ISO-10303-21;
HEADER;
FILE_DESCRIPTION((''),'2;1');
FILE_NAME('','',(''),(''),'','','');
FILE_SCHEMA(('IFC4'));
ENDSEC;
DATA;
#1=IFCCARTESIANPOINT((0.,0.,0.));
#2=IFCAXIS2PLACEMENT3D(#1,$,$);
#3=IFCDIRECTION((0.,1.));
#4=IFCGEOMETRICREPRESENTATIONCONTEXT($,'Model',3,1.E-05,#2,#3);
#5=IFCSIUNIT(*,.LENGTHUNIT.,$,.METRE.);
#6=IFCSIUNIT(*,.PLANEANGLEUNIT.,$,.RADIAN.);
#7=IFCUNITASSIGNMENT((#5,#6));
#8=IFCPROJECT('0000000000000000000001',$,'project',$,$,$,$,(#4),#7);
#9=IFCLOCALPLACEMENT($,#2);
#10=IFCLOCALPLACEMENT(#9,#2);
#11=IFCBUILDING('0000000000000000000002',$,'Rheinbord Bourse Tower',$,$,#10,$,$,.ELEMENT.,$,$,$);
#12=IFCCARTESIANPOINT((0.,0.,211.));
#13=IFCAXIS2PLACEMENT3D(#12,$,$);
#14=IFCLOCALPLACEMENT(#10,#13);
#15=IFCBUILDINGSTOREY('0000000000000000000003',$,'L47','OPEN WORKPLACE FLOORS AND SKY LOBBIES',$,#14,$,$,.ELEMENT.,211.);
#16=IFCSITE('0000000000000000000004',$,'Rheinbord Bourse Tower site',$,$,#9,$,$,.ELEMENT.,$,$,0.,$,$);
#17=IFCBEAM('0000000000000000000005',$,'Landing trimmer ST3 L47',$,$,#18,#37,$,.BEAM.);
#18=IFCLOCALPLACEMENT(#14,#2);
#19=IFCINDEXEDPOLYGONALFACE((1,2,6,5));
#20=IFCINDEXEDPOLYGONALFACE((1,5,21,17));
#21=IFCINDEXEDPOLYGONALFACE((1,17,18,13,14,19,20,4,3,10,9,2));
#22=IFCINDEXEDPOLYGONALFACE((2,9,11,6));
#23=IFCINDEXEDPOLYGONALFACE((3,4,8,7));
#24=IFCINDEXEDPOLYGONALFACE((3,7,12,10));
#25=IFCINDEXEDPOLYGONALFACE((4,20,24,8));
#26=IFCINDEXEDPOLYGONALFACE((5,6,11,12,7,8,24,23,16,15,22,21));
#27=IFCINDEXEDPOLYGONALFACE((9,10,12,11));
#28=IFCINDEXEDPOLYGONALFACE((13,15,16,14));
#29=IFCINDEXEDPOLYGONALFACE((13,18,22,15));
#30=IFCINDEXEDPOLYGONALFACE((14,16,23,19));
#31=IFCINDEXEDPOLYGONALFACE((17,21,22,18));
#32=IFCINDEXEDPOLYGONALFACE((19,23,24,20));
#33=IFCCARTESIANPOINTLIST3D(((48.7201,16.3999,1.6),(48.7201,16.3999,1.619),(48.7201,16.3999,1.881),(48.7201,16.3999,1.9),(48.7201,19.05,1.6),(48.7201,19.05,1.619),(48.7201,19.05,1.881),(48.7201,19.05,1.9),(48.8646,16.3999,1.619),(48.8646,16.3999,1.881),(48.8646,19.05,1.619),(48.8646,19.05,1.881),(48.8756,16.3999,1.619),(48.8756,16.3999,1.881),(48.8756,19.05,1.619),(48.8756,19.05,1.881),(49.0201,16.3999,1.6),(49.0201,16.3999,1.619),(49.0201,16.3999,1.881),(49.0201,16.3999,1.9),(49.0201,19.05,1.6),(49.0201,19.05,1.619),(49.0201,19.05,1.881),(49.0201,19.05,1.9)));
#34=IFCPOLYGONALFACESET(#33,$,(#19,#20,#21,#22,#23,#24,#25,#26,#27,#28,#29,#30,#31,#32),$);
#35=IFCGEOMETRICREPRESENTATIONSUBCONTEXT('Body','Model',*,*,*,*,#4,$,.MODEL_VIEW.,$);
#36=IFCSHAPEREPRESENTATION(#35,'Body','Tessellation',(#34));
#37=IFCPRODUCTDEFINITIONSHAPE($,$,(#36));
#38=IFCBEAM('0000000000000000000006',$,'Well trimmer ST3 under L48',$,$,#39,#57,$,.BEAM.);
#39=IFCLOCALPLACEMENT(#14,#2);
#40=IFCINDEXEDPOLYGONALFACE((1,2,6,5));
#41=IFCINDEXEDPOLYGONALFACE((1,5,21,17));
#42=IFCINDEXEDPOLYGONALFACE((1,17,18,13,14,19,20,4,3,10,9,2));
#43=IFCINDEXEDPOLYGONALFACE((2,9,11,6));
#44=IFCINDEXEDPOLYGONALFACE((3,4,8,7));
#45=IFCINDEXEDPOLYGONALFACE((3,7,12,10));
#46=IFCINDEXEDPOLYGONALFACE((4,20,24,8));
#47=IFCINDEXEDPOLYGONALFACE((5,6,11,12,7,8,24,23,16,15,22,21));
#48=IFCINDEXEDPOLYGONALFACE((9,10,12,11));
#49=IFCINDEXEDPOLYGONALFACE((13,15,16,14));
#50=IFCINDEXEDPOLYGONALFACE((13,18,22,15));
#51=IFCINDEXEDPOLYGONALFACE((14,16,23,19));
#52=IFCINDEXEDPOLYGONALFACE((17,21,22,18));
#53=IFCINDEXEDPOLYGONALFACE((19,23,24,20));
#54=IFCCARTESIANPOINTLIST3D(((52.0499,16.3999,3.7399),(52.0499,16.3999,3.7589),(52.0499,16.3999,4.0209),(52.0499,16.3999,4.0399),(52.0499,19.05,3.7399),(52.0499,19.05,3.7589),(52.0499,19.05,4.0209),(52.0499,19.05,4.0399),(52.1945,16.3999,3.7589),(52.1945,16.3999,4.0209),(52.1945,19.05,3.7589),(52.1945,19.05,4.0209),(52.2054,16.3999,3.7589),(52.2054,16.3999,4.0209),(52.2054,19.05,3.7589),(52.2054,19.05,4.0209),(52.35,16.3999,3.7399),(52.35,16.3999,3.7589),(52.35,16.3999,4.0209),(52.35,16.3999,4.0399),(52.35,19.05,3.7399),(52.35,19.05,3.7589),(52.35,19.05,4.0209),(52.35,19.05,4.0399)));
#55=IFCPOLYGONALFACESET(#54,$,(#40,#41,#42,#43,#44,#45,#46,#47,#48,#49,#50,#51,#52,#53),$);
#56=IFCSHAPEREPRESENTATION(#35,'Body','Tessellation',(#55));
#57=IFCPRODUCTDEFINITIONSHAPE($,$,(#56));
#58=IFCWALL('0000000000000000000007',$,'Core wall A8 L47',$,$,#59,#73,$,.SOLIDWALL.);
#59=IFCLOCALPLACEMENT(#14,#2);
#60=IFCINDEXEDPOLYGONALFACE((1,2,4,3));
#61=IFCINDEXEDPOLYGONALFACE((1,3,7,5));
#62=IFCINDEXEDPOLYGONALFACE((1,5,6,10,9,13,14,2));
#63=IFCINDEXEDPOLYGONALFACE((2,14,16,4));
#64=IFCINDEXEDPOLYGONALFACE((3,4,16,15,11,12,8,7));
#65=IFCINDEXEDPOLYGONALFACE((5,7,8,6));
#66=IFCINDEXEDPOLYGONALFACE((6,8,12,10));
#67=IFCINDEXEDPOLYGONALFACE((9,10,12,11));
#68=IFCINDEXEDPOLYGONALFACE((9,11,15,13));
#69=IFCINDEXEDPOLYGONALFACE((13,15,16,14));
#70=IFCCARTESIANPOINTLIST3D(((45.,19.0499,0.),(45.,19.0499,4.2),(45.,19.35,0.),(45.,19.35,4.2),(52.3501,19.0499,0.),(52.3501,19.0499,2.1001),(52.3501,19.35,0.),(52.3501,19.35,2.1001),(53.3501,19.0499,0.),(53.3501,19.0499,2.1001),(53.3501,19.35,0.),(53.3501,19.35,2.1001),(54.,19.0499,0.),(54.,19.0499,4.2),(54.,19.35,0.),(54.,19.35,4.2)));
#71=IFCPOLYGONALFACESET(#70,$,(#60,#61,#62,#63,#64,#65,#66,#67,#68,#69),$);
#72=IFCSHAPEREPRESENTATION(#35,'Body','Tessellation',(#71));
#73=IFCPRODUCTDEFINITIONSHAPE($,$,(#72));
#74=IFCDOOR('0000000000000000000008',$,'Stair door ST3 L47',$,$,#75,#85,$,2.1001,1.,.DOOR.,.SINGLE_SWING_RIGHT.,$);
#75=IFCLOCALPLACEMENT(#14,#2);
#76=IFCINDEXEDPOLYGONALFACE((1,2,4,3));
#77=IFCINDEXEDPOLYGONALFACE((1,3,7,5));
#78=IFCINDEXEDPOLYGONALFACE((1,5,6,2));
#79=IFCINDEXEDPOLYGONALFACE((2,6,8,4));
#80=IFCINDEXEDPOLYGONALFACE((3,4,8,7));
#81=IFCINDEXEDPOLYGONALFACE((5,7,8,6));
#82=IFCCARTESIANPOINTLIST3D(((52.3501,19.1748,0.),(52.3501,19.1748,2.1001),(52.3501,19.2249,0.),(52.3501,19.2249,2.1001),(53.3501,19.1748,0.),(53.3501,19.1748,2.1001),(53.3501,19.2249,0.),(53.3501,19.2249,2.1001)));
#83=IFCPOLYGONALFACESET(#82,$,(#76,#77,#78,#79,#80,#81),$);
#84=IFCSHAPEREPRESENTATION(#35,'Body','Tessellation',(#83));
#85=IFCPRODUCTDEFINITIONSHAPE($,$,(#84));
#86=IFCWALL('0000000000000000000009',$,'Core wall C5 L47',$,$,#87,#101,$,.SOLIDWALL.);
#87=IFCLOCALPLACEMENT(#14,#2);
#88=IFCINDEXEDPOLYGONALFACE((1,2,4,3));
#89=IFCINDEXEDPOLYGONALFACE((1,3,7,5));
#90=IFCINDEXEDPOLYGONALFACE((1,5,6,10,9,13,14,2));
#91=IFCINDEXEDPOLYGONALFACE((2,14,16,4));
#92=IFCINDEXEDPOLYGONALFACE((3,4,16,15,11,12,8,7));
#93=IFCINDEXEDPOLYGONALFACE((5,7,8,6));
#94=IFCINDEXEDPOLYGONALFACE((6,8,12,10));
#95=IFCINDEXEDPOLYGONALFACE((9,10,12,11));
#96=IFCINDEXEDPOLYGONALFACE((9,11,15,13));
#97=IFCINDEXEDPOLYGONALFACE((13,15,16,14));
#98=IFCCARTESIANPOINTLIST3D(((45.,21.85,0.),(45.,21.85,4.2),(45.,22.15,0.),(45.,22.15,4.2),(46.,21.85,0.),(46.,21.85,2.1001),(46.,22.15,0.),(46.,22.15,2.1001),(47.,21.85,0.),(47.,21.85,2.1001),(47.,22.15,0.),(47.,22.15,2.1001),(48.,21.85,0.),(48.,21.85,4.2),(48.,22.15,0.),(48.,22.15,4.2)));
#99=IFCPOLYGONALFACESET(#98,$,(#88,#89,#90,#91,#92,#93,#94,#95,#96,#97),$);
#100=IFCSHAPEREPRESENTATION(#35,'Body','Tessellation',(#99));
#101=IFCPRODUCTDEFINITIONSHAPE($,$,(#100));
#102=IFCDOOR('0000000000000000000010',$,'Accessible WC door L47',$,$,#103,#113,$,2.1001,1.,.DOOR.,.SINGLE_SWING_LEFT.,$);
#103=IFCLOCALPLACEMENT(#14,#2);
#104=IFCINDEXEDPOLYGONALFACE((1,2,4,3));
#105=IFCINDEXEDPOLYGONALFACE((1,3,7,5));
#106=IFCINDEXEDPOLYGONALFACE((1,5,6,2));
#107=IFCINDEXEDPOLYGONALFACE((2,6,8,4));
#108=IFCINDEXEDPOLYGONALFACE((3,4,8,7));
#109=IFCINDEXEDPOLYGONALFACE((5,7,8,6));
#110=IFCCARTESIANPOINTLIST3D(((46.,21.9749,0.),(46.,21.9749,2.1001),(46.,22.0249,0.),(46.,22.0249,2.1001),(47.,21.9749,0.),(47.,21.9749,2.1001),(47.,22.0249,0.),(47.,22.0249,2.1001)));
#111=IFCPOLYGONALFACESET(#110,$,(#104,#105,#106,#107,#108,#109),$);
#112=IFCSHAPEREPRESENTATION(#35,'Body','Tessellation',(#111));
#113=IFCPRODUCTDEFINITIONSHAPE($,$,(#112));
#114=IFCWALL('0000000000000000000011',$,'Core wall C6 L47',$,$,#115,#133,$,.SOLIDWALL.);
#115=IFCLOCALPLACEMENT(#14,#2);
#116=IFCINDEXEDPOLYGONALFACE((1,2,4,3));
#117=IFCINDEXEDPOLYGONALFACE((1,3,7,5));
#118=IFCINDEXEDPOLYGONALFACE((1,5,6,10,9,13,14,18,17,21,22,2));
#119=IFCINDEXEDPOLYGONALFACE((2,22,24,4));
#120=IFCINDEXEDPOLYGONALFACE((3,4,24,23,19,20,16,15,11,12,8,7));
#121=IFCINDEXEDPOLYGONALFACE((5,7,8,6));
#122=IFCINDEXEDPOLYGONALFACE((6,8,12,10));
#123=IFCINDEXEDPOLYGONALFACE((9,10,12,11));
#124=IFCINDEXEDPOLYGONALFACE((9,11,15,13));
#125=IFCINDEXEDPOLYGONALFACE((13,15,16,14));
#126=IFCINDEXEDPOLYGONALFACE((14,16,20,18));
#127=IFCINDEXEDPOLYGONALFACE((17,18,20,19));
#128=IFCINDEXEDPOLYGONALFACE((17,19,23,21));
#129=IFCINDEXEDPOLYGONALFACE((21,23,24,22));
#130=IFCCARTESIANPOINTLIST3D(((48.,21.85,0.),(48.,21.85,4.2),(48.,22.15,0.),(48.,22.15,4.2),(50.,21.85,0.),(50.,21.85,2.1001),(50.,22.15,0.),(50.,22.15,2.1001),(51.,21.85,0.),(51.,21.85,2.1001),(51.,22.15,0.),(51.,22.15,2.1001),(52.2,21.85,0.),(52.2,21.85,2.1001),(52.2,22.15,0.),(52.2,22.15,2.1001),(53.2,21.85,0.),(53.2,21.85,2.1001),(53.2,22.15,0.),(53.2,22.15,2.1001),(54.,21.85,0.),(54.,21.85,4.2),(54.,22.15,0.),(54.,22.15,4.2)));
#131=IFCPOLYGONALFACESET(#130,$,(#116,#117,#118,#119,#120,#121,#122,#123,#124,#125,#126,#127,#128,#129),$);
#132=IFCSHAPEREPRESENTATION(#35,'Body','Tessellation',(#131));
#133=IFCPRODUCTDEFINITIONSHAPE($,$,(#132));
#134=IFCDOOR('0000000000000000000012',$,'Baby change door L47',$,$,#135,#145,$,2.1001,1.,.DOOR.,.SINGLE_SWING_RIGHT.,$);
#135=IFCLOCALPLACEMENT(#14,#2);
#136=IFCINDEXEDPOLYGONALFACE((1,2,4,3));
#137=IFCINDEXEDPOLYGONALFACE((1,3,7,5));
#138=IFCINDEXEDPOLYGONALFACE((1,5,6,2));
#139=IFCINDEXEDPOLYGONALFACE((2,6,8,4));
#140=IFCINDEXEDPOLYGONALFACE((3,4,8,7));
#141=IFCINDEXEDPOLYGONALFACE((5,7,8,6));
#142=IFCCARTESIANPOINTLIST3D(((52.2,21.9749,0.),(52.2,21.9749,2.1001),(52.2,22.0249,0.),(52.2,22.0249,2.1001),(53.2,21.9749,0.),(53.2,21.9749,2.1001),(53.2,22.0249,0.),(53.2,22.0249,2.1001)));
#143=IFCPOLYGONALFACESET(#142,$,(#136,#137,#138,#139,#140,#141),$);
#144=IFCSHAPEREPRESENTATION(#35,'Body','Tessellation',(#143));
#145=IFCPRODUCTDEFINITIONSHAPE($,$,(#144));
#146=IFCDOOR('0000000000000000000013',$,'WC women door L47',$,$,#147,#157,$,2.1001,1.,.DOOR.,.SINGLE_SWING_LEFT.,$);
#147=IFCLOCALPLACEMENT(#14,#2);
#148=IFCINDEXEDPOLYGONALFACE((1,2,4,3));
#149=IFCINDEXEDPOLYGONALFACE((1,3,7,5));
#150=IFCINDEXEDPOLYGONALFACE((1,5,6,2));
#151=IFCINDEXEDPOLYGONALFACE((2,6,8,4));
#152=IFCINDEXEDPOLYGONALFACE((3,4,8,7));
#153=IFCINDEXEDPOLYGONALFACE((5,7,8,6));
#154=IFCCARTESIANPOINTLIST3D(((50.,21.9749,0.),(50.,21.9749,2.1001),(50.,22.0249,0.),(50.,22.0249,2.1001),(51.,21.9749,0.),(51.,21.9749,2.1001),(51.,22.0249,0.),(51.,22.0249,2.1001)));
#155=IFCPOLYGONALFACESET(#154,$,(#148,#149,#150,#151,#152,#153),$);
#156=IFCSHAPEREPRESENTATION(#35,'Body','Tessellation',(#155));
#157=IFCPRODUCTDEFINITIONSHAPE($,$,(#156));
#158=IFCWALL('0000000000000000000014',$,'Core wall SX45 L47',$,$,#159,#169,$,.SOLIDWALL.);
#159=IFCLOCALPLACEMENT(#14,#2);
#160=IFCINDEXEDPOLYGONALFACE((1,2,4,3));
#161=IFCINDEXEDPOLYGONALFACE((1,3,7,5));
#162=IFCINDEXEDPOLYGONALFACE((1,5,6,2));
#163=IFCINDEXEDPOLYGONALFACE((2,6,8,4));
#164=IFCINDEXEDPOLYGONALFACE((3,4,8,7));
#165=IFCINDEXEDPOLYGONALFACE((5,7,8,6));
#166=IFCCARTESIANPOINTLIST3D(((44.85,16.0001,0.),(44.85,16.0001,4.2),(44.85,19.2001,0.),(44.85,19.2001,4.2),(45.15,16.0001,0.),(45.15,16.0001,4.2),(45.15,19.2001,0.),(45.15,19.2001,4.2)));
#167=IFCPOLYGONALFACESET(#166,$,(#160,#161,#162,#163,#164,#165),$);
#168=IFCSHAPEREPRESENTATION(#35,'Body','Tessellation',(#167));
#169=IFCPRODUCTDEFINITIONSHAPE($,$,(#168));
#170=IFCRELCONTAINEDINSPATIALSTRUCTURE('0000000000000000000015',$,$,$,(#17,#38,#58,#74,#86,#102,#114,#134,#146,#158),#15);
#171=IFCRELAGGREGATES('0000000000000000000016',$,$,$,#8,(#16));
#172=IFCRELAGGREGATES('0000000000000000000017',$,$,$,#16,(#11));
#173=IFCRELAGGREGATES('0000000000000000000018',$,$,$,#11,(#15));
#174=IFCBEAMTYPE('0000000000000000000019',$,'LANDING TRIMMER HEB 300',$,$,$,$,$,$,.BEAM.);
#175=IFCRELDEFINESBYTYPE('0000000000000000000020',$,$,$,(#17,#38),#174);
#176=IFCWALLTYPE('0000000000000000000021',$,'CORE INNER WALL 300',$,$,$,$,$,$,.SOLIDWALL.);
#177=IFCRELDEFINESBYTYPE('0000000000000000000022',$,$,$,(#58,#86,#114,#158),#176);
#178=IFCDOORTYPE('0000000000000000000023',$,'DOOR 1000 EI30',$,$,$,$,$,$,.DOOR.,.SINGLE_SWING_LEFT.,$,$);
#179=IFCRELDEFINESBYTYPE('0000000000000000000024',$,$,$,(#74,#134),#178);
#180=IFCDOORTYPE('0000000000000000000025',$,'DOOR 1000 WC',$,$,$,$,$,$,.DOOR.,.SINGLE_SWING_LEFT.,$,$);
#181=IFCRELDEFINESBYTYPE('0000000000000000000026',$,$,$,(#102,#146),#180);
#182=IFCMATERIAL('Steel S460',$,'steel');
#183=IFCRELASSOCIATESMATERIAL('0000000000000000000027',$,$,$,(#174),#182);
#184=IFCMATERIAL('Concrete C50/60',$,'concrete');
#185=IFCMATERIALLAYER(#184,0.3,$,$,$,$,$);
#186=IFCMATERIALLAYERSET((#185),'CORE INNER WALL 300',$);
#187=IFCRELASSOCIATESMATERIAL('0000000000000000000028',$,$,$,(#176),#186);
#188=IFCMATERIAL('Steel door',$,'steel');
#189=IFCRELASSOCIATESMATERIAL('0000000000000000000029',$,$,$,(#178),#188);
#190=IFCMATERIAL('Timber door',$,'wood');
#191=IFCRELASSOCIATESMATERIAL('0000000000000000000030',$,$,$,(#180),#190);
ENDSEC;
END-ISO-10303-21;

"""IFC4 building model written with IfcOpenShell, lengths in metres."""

from ifc_helpers import new_model, si_unit, direction, frame, frame_2d, origin, origin_2d, place, context, subcontext, project, spatial, rectangle, i_section, extrude, material, layer, layer_set, material_profile, profile_set, type_object, element, fill, save


model = new_model("IFC4")

# Units and contexts
model_context = context("Model", 3, precision=1e-05, world=origin(), true_north=direction((0.0, 1.0)))
body_context = subcontext(model_context, "Body", "Model", "MODEL_VIEW")
ifc_project = project(units=[si_unit("LENGTHUNIT", "METRE"), si_unit("PLANEANGLEUNIT", "RADIAN")], contexts=[model_context])

# Site, building, storey
site_placement = place(None, origin())
site = spatial("IfcSite", under=ifc_project, at=site_placement, Name="Rheinbord Bourse Tower site", CompositionType="ELEMENT", RefElevation=0.0)
building_placement = place(site_placement, origin())
building = spatial("IfcBuilding", under=site, at=building_placement, Name="Rheinbord Bourse Tower", CompositionType="ELEMENT")
storey_placement = place(building_placement, frame((0.0, 0.0, 211.0)))
storey = spatial("IfcBuildingStorey", under=building, at=storey_placement, Name="L47", Description="OPEN WORKPLACE FLOORS AND SKY LOBBIES", CompositionType="ELEMENT", Elevation=211.0)

# Beams
ifc_material_1 = material(Name="Steel S460", Category="steel")
ifc_material_profile = material_profile(ifc_material_1, i_section(OverallWidth=0.3, OverallDepth=0.3, WebThickness=0.011, FlangeThickness=0.019, at=origin_2d()), Name="HEB 300")
ifc_profile_set = profile_set([ifc_material_profile], Name="Steel S460")
beam_type = type_object("IfcBeamType", Name="LANDING TRIMMER HEB 300", PredefinedType="BEAM", material=ifc_profile_set)
for number, where, z_axis, x_axis, name in (
    (1, (48.8701, 16.3999, 1.75), (0.0, 1.0, 0.0), (-1.0, 0.0, 0.0), "Landing trimmer ST3 L47"),
    (2, (52.2, 16.3999, 3.8899), (0.0, 1.0, 0.0), (-1.0, 0.0, 0.0), "Well trimmer ST3 under L48"),
):
    element("IfcBeam", number, at=place(storey_placement, frame(where, z_axis=z_axis, x_axis=x_axis)), inside=storey, type_object=beam_type, Name=name, PredefinedType="BEAM", context=body_context, shape_type="SweptSolid", body=[
        extrude(i_section(OverallWidth=0.3, OverallDepth=0.3, WebThickness=0.011, FlangeThickness=0.019, at=origin_2d()), origin(), (0.0, 0.0, 1.0), 2.6501),
    ])

# Walls, openings, doors
ifc_material_2 = material(Name="Concrete C50/60", Category="concrete")
ifc_layer_1 = layer(ifc_material_2, 0.3)
ifc_layer_set_1 = layer_set([ifc_layer_1], Name="CORE INNER WALL 300")
wall_type_1 = type_object("IfcWallType", Name="CORE INNER WALL 300", PredefinedType="SOLIDWALL", material=ifc_layer_set_1)
wall_1_placement = place(storey_placement, frame((45.0, 19.2, 0.0), z_axis=(0.0, 0.0, 1.0), x_axis=(1.0, 0.0, 0.0)))
wall_1 = element("IfcWall", 3, at=wall_1_placement, inside=storey, type_object=wall_type_1, Name="Core wall A8 L47", PredefinedType="SOLIDWALL", context=body_context, shape_type="SweptSolid", body=[
    extrude(rectangle(XDim=9.0, YDim=0.3, at=frame_2d((4.5, 0.0))), origin(), (0.0, 0.0, 1.0), 4.2),
])
opening_1_placement = place(wall_1_placement, frame((7.3501, 0.0, 0.0)))
opening_1 = element("IfcOpeningElement", 4, at=opening_1_placement, cuts=wall_1, PredefinedType="OPENING", context=body_context, shape_type="SweptSolid", body=[
    extrude(rectangle(XDim=1.0, YDim=2.1001, at=frame_2d((0.5, 1.05))), frame((0.0, 0.1599, 0.0), z_axis=(0.0, -1.0, 0.0), x_axis=(1.0, 0.0, 0.0)), (0.0, 0.0, 1.0), 0.3201),
])
ifc_material_3 = material(Name="Steel door", Category="steel")
door_type_1 = type_object("IfcDoorType", Name="DOOR 1000 EI30", OperationType="SINGLE_SWING_LEFT", PredefinedType="DOOR", material=ifc_material_3)
door_1_placement = place(opening_1_placement, origin())
door_1 = element("IfcDoor", 5, at=door_1_placement, inside=storey, type_object=door_type_1, Name="Stair door ST3 L47", OperationType="SINGLE_SWING_RIGHT", OverallHeight=2.1001, OverallWidth=1.0, PredefinedType="DOOR", context=body_context, shape_type="SweptSolid", body=[
    extrude(rectangle(XDim=1.0, YDim=2.1001, at=frame_2d((0.5, 1.05))), frame((0.0, 0.0249, 0.0), z_axis=(0.0, -1.0, 0.0), x_axis=(1.0, 0.0, 0.0)), (0.0, 0.0, 1.0), 0.05),
])
fill(opening_1, door_1)
wall_2_placement = place(storey_placement, frame((45.0, 22.0, 0.0), z_axis=(0.0, 0.0, 1.0), x_axis=(1.0, 0.0, 0.0)))
wall_2 = element("IfcWall", 6, at=wall_2_placement, inside=storey, type_object=wall_type_1, Name="Core wall C5 L47", PredefinedType="SOLIDWALL", context=body_context, shape_type="SweptSolid", body=[
    extrude(rectangle(XDim=3.0, YDim=0.3, at=frame_2d((1.5, 0.0))), origin(), (0.0, 0.0, 1.0), 4.2),
])
opening_2_placement = place(wall_2_placement, frame((1.0, 0.0, 0.0)))
opening_2 = element("IfcOpeningElement", 7, at=opening_2_placement, cuts=wall_2, PredefinedType="OPENING", context=body_context, shape_type="SweptSolid", body=[
    extrude(rectangle(XDim=1.0, YDim=2.1001, at=frame_2d((0.5, 1.05))), frame((0.0, 0.1599, 0.0), z_axis=(0.0, -1.0, 0.0), x_axis=(1.0, 0.0, 0.0)), (0.0, 0.0, 1.0), 0.3201),
])
ifc_material_4 = material(Name="Timber door", Category="wood")
door_type_2 = type_object("IfcDoorType", Name="DOOR 1000 WC", OperationType="SINGLE_SWING_LEFT", PredefinedType="DOOR", material=ifc_material_4)
door_2_placement = place(opening_2_placement, origin())
door_2 = element("IfcDoor", 8, at=door_2_placement, inside=storey, type_object=door_type_2, Name="Accessible WC door L47", OperationType="SINGLE_SWING_LEFT", OverallHeight=2.1001, OverallWidth=1.0, PredefinedType="DOOR", context=body_context, shape_type="SweptSolid", body=[
    extrude(rectangle(XDim=1.0, YDim=2.1001, at=frame_2d((0.5, 1.05))), frame((0.0, 0.0249, 0.0), z_axis=(0.0, -1.0, 0.0), x_axis=(1.0, 0.0, 0.0)), (0.0, 0.0, 1.0), 0.05),
])
fill(opening_2, door_2)

# Wall, openings, doors
wall_3_placement = place(storey_placement, frame((48.0, 22.0, 0.0), z_axis=(0.0, 0.0, 1.0), x_axis=(1.0, 0.0, 0.0)))
wall_3 = element("IfcWall", 9, at=wall_3_placement, inside=storey, type_object=wall_type_1, Name="Core wall C6 L47", PredefinedType="SOLIDWALL", context=body_context, shape_type="SweptSolid", body=[
    extrude(rectangle(XDim=6.0, YDim=0.3, at=frame_2d((3.0, 0.0))), origin(), (0.0, 0.0, 1.0), 4.2),
])
opening_3_placement = place(wall_3_placement, frame((2.0, 0.0, 0.0)))
opening_3 = element("IfcOpeningElement", 10, at=opening_3_placement, cuts=wall_3, PredefinedType="OPENING", context=body_context, shape_type="SweptSolid", body=[
    extrude(rectangle(XDim=1.0, YDim=2.1001, at=frame_2d((0.5, 1.05))), frame((0.0, 0.1599, 0.0), z_axis=(0.0, -1.0, 0.0), x_axis=(1.0, 0.0, 0.0)), (0.0, 0.0, 1.0), 0.3201),
])
opening_4_placement = place(wall_3_placement, frame((4.2, 0.0, 0.0)))
opening_4 = element("IfcOpeningElement", 11, at=opening_4_placement, cuts=wall_3, PredefinedType="OPENING", context=body_context, shape_type="SweptSolid", body=[
    extrude(rectangle(XDim=1.0, YDim=2.1001, at=frame_2d((0.5, 1.05))), frame((0.0, 0.1599, 0.0), z_axis=(0.0, -1.0, 0.0), x_axis=(1.0, 0.0, 0.0)), (0.0, 0.0, 1.0), 0.3201),
])
door_3_placement = place(opening_4_placement, origin())
door_3 = element("IfcDoor", 12, at=door_3_placement, inside=storey, type_object=door_type_1, Name="Baby change door L47", OperationType="SINGLE_SWING_RIGHT", OverallHeight=2.1001, OverallWidth=1.0, PredefinedType="DOOR", context=body_context, shape_type="SweptSolid", body=[
    extrude(rectangle(XDim=1.0, YDim=2.1001, at=frame_2d((0.5, 1.05))), frame((0.0, 0.0249, 0.0), z_axis=(0.0, -1.0, 0.0), x_axis=(1.0, 0.0, 0.0)), (0.0, 0.0, 1.0), 0.05),
])
fill(opening_4, door_3)
door_4_placement = place(opening_3_placement, origin())
door_4 = element("IfcDoor", 13, at=door_4_placement, inside=storey, type_object=door_type_2, Name="WC women door L47", OperationType="SINGLE_SWING_LEFT", OverallHeight=2.1001, OverallWidth=1.0, PredefinedType="DOOR", context=body_context, shape_type="SweptSolid", body=[
    extrude(rectangle(XDim=1.0, YDim=2.1001, at=frame_2d((0.5, 1.05))), frame((0.0, 0.0249, 0.0), z_axis=(0.0, -1.0, 0.0), x_axis=(1.0, 0.0, 0.0)), (0.0, 0.0, 1.0), 0.05),
])
fill(opening_3, door_4)

# Wall
wall_4_placement = place(storey_placement, frame((45.0, 16.0, 0.0), z_axis=(0.0, 0.0, 1.0), x_axis=(0.0, 1.0, 0.0)))
element("IfcWall", 14, at=wall_4_placement, inside=storey, type_object=wall_type_1, Name="Core wall SX45 L47", PredefinedType="SOLIDWALL", context=body_context, shape_type="SweptSolid", body=[
    extrude(rectangle(XDim=3.2, YDim=0.3, at=frame_2d((1.6001, 0.0))), origin(), (0.0, 0.0, 1.0), 4.2),
])

save(model, "model.ifc")
